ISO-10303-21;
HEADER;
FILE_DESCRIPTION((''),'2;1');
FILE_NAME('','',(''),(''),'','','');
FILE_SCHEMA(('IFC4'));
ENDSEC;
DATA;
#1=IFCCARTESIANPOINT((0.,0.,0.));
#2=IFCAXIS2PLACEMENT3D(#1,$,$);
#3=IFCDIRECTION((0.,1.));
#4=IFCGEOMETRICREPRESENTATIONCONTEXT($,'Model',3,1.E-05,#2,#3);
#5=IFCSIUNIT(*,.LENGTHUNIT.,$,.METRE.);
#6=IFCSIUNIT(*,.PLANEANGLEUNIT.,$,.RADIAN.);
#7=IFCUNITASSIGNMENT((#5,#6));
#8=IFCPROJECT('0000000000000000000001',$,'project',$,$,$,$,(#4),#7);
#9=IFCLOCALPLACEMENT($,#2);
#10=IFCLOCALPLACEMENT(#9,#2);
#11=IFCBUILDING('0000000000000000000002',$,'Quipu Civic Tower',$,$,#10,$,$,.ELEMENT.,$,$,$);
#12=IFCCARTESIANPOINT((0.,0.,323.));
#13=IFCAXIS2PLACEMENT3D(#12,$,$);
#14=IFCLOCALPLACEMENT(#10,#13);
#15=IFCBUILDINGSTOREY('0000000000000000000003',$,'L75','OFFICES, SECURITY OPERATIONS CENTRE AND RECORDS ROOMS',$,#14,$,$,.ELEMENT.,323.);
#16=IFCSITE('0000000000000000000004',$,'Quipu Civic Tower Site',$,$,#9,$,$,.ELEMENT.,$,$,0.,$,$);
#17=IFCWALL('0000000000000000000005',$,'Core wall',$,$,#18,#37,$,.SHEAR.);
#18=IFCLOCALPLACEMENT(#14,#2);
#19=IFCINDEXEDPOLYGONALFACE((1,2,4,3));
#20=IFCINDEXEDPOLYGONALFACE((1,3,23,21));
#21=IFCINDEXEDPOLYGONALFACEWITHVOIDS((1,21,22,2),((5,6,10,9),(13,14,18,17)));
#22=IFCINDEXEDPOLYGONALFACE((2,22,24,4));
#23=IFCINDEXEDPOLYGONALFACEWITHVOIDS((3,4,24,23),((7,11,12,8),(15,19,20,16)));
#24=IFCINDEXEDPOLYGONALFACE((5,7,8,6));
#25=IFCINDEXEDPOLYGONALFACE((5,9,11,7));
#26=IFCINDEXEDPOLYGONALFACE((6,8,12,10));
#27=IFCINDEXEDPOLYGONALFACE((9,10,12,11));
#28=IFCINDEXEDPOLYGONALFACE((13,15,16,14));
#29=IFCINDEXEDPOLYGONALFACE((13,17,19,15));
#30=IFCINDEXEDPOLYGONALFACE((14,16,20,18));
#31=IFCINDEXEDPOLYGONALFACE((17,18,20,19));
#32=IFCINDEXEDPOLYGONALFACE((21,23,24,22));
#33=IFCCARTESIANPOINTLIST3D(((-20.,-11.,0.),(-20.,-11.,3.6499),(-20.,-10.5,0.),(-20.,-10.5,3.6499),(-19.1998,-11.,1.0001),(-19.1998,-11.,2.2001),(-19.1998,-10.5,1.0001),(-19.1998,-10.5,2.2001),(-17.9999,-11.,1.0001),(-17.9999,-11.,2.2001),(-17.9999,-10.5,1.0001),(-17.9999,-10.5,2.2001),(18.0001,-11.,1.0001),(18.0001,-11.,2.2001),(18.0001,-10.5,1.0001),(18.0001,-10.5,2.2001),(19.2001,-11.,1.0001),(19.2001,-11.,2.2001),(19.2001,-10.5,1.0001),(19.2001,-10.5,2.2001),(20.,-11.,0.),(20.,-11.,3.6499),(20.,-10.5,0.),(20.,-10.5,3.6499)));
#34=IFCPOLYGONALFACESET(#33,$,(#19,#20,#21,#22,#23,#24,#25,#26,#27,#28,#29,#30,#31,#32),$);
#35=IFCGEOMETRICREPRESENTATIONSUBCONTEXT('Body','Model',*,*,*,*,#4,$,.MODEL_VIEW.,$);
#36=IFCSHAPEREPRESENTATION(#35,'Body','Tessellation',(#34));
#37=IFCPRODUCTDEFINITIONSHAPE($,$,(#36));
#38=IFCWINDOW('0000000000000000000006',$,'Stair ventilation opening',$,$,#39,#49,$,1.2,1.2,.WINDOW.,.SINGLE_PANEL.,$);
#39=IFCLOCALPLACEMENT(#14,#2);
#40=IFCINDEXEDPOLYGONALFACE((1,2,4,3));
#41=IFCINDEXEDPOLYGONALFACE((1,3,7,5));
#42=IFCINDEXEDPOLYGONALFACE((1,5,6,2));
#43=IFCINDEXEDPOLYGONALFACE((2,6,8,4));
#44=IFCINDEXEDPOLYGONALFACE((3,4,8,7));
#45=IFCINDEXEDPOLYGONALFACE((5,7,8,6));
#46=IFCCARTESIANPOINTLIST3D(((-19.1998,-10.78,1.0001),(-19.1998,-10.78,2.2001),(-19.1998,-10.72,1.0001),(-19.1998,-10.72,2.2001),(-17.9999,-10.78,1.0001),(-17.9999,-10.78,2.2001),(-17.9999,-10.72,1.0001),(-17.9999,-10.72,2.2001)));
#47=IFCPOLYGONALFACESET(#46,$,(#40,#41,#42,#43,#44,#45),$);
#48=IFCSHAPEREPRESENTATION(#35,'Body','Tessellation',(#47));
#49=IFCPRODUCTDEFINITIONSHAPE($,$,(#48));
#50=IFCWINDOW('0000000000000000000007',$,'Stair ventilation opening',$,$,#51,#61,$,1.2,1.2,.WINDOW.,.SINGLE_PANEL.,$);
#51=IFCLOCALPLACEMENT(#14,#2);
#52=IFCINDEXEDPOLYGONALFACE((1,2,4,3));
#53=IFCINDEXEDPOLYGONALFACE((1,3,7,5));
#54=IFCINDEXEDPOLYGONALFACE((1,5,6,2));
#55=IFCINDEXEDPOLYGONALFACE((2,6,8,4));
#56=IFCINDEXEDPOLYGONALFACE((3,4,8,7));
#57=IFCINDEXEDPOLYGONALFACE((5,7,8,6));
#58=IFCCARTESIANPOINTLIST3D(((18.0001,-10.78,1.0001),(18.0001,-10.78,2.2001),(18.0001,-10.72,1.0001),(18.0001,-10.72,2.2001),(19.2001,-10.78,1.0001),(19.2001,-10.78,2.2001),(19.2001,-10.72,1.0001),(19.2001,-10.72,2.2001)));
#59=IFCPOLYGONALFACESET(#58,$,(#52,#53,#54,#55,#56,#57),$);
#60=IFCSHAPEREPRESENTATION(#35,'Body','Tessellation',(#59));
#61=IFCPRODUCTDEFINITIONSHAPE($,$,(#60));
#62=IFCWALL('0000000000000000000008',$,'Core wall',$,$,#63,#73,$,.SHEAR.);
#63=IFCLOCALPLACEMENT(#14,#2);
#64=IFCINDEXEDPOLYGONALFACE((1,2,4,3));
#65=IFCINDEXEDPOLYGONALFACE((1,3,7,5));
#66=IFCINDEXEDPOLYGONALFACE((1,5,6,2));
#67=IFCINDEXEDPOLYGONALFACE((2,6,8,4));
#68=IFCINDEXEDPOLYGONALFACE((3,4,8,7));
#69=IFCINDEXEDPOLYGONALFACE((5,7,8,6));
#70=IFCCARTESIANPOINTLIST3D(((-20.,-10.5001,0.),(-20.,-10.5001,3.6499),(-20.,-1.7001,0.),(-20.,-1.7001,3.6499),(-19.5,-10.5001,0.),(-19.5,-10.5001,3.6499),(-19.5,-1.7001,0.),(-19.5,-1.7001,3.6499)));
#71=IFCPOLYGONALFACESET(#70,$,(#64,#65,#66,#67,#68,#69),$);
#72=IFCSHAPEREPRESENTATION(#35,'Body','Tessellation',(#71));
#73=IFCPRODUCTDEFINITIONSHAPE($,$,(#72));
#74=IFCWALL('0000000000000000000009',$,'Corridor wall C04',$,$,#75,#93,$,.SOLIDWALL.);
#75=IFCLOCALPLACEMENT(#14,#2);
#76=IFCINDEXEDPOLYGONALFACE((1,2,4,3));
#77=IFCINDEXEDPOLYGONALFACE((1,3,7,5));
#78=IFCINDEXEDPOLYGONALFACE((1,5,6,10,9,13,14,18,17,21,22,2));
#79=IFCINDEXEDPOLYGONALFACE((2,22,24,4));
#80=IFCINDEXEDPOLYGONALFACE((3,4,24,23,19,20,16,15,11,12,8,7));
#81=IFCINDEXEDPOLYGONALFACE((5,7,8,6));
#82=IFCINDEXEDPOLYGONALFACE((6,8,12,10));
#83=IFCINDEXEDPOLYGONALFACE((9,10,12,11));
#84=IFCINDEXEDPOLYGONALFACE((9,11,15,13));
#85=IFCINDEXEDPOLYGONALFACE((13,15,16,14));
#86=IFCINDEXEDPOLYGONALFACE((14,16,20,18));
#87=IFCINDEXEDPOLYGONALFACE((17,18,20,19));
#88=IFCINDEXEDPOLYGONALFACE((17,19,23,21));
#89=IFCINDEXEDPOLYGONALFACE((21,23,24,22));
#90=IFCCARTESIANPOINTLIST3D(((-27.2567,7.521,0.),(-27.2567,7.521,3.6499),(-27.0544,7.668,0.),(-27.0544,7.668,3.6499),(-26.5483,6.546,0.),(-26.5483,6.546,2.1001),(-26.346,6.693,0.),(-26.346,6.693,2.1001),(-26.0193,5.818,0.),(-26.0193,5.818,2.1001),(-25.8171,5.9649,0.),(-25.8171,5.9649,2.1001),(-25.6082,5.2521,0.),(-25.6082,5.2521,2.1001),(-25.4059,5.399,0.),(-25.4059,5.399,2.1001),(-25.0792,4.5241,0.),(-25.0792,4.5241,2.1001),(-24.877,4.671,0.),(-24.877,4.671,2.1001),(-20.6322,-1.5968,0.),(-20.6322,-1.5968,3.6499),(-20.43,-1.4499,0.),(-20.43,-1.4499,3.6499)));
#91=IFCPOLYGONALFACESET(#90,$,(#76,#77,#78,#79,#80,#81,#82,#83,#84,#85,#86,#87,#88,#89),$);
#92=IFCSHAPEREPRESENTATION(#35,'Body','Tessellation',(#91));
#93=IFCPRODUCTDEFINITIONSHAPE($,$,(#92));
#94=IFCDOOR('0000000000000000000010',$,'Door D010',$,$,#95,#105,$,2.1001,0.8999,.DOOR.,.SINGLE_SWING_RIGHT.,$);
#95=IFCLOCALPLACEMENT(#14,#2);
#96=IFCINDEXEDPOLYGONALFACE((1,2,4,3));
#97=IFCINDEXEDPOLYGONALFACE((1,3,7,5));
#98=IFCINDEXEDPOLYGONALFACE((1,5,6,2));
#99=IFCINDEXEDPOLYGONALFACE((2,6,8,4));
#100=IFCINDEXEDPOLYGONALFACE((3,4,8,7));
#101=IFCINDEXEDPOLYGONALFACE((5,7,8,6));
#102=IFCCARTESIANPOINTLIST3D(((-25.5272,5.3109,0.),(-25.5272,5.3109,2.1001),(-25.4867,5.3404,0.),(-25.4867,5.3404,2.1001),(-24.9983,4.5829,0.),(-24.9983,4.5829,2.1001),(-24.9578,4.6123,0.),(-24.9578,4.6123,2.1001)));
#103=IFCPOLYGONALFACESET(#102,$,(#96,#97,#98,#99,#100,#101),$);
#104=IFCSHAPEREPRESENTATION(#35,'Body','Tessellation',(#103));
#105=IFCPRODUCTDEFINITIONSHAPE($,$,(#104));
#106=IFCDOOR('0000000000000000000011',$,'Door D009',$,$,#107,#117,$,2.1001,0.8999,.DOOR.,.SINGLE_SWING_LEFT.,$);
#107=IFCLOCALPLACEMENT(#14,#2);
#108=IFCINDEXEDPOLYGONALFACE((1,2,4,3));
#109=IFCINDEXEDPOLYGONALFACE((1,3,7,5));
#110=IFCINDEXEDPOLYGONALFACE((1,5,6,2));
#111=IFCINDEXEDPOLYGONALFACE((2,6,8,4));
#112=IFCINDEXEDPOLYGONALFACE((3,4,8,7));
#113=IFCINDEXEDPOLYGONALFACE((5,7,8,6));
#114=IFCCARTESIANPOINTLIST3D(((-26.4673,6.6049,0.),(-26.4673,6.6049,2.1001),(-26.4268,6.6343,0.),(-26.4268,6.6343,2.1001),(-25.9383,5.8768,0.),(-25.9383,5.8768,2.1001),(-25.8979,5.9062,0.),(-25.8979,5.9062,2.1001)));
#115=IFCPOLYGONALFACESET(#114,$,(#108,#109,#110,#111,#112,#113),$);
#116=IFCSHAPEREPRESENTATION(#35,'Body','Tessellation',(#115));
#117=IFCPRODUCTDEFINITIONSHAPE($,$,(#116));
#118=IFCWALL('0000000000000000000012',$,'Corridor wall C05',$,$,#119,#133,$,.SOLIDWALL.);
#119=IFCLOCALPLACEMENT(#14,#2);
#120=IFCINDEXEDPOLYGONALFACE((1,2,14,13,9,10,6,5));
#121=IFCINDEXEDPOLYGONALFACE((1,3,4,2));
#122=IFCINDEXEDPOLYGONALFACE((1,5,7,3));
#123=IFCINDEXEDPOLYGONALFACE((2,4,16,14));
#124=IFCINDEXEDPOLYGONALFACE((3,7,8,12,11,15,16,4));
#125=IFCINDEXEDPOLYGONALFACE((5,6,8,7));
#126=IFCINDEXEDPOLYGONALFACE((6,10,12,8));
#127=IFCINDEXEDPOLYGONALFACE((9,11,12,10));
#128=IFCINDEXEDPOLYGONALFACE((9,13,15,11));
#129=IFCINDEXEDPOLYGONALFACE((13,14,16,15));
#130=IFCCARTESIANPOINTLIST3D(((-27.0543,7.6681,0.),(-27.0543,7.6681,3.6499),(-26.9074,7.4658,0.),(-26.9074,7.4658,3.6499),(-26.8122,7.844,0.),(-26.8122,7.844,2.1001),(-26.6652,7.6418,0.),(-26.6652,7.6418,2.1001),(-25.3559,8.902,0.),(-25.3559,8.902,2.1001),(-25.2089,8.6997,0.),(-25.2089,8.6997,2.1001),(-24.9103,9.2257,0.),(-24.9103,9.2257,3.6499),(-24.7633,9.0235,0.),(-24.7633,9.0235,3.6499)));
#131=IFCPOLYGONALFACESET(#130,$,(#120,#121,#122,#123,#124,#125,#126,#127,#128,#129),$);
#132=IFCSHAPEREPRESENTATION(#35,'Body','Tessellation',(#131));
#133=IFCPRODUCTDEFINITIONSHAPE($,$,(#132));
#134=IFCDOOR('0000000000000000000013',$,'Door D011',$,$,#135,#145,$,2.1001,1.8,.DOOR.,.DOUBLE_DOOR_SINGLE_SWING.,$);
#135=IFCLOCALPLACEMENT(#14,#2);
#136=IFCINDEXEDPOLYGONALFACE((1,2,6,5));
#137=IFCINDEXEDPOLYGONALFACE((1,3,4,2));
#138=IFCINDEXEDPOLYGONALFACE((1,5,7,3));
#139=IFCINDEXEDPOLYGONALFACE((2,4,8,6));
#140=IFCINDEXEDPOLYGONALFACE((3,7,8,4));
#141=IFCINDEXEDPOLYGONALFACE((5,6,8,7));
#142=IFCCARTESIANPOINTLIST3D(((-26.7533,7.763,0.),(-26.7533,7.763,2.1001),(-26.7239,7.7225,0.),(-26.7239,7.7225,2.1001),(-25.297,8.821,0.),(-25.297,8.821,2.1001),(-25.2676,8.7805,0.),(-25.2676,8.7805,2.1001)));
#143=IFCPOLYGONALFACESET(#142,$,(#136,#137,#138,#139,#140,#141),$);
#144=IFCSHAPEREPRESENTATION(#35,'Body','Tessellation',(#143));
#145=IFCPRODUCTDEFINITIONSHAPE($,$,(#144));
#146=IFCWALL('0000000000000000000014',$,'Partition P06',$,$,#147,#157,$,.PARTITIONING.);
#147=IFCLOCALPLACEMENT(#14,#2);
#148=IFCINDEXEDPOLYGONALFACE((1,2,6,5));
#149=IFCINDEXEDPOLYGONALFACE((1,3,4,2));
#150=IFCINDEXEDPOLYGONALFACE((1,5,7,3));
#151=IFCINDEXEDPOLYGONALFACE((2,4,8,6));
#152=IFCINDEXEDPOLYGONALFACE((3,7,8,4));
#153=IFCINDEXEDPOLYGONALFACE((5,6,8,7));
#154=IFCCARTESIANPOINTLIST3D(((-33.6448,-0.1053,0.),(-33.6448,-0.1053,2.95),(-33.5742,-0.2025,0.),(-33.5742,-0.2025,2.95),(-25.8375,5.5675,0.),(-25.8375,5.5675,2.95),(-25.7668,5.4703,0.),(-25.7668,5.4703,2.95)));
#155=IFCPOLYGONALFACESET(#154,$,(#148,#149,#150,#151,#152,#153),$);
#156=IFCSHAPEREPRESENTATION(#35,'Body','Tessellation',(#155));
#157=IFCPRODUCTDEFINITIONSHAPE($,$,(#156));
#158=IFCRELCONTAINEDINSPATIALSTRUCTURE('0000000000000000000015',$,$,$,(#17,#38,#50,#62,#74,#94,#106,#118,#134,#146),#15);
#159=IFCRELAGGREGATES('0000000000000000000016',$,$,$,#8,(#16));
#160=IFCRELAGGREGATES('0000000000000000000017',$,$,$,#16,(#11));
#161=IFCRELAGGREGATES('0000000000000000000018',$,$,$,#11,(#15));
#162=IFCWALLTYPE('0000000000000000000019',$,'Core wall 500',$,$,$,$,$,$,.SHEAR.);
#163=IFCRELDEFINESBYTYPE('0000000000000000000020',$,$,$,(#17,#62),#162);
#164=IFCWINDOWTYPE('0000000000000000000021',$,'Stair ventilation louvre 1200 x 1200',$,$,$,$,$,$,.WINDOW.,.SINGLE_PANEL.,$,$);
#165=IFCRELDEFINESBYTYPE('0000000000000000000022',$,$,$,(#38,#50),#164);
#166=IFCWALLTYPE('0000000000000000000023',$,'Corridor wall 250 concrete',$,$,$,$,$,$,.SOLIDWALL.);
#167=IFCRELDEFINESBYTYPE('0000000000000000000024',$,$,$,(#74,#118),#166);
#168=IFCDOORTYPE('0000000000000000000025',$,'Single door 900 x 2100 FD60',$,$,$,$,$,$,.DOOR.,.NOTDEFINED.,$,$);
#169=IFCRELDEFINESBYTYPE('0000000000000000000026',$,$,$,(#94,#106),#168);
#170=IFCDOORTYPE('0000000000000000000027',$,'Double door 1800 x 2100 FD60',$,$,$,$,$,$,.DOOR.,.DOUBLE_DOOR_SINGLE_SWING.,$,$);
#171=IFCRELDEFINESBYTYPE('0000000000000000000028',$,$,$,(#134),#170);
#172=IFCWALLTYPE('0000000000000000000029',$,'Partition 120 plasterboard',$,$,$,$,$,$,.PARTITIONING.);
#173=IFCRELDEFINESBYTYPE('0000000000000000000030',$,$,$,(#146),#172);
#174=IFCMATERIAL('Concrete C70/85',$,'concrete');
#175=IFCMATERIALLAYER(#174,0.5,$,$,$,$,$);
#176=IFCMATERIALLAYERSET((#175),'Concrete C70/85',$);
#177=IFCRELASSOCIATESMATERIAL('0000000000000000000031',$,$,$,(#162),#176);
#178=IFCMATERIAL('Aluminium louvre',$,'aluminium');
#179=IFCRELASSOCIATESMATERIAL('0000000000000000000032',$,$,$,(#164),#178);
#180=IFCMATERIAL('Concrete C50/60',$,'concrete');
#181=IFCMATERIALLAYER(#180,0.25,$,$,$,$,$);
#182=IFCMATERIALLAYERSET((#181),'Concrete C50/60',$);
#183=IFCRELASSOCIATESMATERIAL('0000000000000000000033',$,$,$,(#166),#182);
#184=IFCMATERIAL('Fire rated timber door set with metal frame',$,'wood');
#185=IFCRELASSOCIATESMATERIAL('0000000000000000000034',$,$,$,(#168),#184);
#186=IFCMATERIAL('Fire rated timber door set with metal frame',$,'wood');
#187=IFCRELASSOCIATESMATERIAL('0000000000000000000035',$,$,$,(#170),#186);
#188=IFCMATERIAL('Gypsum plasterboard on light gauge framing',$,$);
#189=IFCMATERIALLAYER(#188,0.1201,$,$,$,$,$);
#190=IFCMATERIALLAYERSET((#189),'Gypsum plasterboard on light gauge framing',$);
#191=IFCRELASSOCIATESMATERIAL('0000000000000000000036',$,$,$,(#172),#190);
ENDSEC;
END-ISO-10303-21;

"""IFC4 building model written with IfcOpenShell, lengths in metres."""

from ifc_helpers import new_model, si_unit, direction, frame, frame_2d, origin, place, context, subcontext, project, spatial, rectangle, extrude, material, layer, layer_set, type_object, element, fill, save


model = new_model("IFC4")

# Units and contexts
model_context = context("Model", 3, precision=1e-05, world=origin(), true_north=direction((0.0, 1.0)))
body_context = subcontext(model_context, "Body", "Model", "MODEL_VIEW")
ifc_project = project(units=[si_unit("LENGTHUNIT", "METRE"), si_unit("PLANEANGLEUNIT", "RADIAN")], contexts=[model_context])

# Site, building, storey
site_placement = place(None, origin())
site = spatial("IfcSite", under=ifc_project, at=site_placement, Name="Quipu Civic Tower Site", CompositionType="ELEMENT", RefElevation=0.0)
building_placement = place(site_placement, origin())
building = spatial("IfcBuilding", under=site, at=building_placement, Name="Quipu Civic Tower", CompositionType="ELEMENT")
storey_placement = place(building_placement, frame((0.0, 0.0, 323.0)))
storey = spatial("IfcBuildingStorey", under=building, at=storey_placement, Name="L75", Description="OFFICES, SECURITY OPERATIONS CENTRE AND RECORDS ROOMS", CompositionType="ELEMENT", Elevation=323.0)

# Wall, openings, windows
ifc_material_1 = material(Name="Concrete C70/85", Category="concrete")
ifc_layer_1 = layer(ifc_material_1, 0.5)
ifc_layer_set_1 = layer_set([ifc_layer_1], Name="Concrete C70/85")
wall_type_1 = type_object("IfcWallType", Name="Core wall 500", PredefinedType="SHEAR", material=ifc_layer_set_1)
wall_1_placement = place(storey_placement, frame((-20.0, -10.75, 0.0), z_axis=(0.0, 0.0, 1.0), x_axis=(1.0, 0.0, 0.0)))
wall_1 = element("IfcWall", 1, at=wall_1_placement, inside=storey, type_object=wall_type_1, Name="Core wall", PredefinedType="SHEAR", context=body_context, shape_type="SweptSolid", body=[
    extrude(rectangle(XDim=40.0, YDim=0.5, at=frame_2d((20.0, 0.0))), origin(), (0.0, 0.0, 1.0), 3.6499),
])
opening_1_placement = place(wall_1_placement, frame((0.8, 0.0, 1.0)))
opening_1 = element("IfcOpeningElement", 2, at=opening_1_placement, cuts=wall_1, PredefinedType="OPENING", context=body_context, shape_type="SweptSolid", body=[
    extrude(rectangle(XDim=1.2, YDim=1.2, at=frame_2d((0.6001, 0.6001))), frame((0.0, 0.26, 0.0), z_axis=(0.0, -1.0, 0.0), x_axis=(1.0, 0.0, 0.0)), (0.0, 0.0, 1.0), 0.52),
])
opening_2_placement = place(wall_1_placement, frame((38.0, 0.0, 1.0)))
opening_2 = element("IfcOpeningElement", 3, at=opening_2_placement, cuts=wall_1, PredefinedType="OPENING", context=body_context, shape_type="SweptSolid", body=[
    extrude(rectangle(XDim=1.2, YDim=1.2, at=frame_2d((0.6001, 0.6001))), frame((0.0, 0.26, 0.0), z_axis=(0.0, -1.0, 0.0), x_axis=(1.0, 0.0, 0.0)), (0.0, 0.0, 1.0), 0.52),
])
ifc_material_2 = material(Name="Aluminium louvre", Category="aluminium")
window_type = type_object("IfcWindowType", Name="Stair ventilation louvre 1200 x 1200", PartitioningType="SINGLE_PANEL", PredefinedType="WINDOW", material=ifc_material_2)
window_1_placement = place(opening_1_placement, origin())
window_1 = element("IfcWindow", 4, at=window_1_placement, inside=storey, type_object=window_type, Name="Stair ventilation opening", OverallHeight=1.2, OverallWidth=1.2, PartitioningType="SINGLE_PANEL", PredefinedType="WINDOW", context=body_context, shape_type="SweptSolid", body=[
    extrude(rectangle(XDim=1.2, YDim=1.2, at=frame_2d((0.6001, 0.6001))), frame((0.0, 0.03, 0.0), z_axis=(0.0, -1.0, 0.0), x_axis=(1.0, 0.0, 0.0)), (0.0, 0.0, 1.0), 0.0601),
])
fill(opening_1, window_1)
window_2_placement = place(opening_2_placement, origin())
window_2 = element("IfcWindow", 5, at=window_2_placement, inside=storey, type_object=window_type, Name="Stair ventilation opening", OverallHeight=1.2, OverallWidth=1.2, PartitioningType="SINGLE_PANEL", PredefinedType="WINDOW", context=body_context, shape_type="SweptSolid", body=[
    extrude(rectangle(XDim=1.2, YDim=1.2, at=frame_2d((0.6001, 0.6001))), frame((0.0, 0.03, 0.0), z_axis=(0.0, -1.0, 0.0), x_axis=(1.0, 0.0, 0.0)), (0.0, 0.0, 1.0), 0.0601),
])
fill(opening_2, window_2)

# Wall
wall_2_placement = place(storey_placement, frame((-19.75, -10.5, 0.0), z_axis=(0.0, 0.0, 1.0), x_axis=(0.0, 1.0, 0.0)))
element("IfcWall", 6, at=wall_2_placement, inside=storey, type_object=wall_type_1, Name="Core wall", PredefinedType="SHEAR", context=body_context, shape_type="SweptSolid", body=[
    extrude(rectangle(XDim=8.8, YDim=0.5, at=frame_2d((4.3999, 0.0))), origin(), (0.0, 0.0, 1.0), 3.6499),
])

# Wall, openings, doors
ifc_material_3 = material(Name="Concrete C50/60", Category="concrete")
ifc_layer_2 = layer(ifc_material_3, 0.25)
ifc_layer_set_2 = layer_set([ifc_layer_2], Name="Concrete C50/60")
wall_type_2 = type_object("IfcWallType", Name="Corridor wall 250 concrete", PredefinedType="SOLIDWALL", material=ifc_layer_set_2)
wall_3_placement = place(storey_placement, frame((-20.531, -1.5234, 0.0), z_axis=(0.0, 0.0, 1.0), x_axis=(-0.587783, 0.809019, 0.0)))
wall_3 = element("IfcWall", 7, at=wall_3_placement, inside=storey, type_object=wall_type_2, Name="Corridor wall C04", PredefinedType="SOLIDWALL", context=body_context, shape_type="SweptSolid", body=[
    extrude(rectangle(XDim=11.2703, YDim=0.25, at=frame_2d((5.6353, 0.0))), origin(), (0.0, 0.0, 1.0), 3.6499),
])
opening_3_placement = place(wall_3_placement, frame((7.5659, 0.0, 0.0)))
opening_3 = element("IfcOpeningElement", 8, at=opening_3_placement, cuts=wall_3, PredefinedType="OPENING", context=body_context, shape_type="SweptSolid", body=[
    extrude(rectangle(XDim=0.8999, YDim=2.1001, at=frame_2d((0.45, 1.05))), frame((0.0, 0.135, 0.0), z_axis=(0.0, -1.0, 0.0), x_axis=(1.0, 0.0, 0.0)), (0.0, 0.0, 1.0), 0.27),
])
opening_4_placement = place(wall_3_placement, frame((9.1653, 0.0, 0.0)))
opening_4 = element("IfcOpeningElement", 9, at=opening_4_placement, cuts=wall_3, PredefinedType="OPENING", context=body_context, shape_type="SweptSolid", body=[
    extrude(rectangle(XDim=0.8999, YDim=2.1001, at=frame_2d((0.45, 1.05))), frame((0.0, 0.135, 0.0), z_axis=(0.0, -1.0, 0.0), x_axis=(1.0, 0.0, 0.0)), (0.0, 0.0, 1.0), 0.27),
])
ifc_material_4 = material(Name="Fire rated timber door set with metal frame", Category="wood")
door_type_1 = type_object("IfcDoorType", Name="Single door 900 x 2100 FD60", OperationType="NOTDEFINED", PredefinedType="DOOR", material=ifc_material_4)
door_1_placement = place(opening_3_placement, origin())
door_1 = element("IfcDoor", 10, at=door_1_placement, inside=storey, type_object=door_type_1, Name="Door D010", OperationType="SINGLE_SWING_RIGHT", OverallHeight=2.1001, OverallWidth=0.8999, PredefinedType="DOOR", context=body_context, shape_type="SweptSolid", body=[
    extrude(rectangle(XDim=0.8999, YDim=2.1001, at=frame_2d((0.45, 1.05))), frame((0.0, 0.0249, 0.0), z_axis=(0.0, -1.0, 0.0), x_axis=(1.0, 0.0, 0.0)), (0.0, 0.0, 1.0), 0.05),
])
fill(opening_3, door_1)
door_2_placement = place(opening_4_placement, origin())
door_2 = element("IfcDoor", 11, at=door_2_placement, inside=storey, type_object=door_type_1, Name="Door D009", OperationType="SINGLE_SWING_LEFT", OverallHeight=2.1001, OverallWidth=0.8999, PredefinedType="DOOR", context=body_context, shape_type="SweptSolid", body=[
    extrude(rectangle(XDim=0.8999, YDim=2.1001, at=frame_2d((0.45, 1.05))), frame((0.0, 0.0249, 0.0), z_axis=(0.0, -1.0, 0.0), x_axis=(1.0, 0.0, 0.0)), (0.0, 0.0, 1.0), 0.05),
])
fill(opening_4, door_2)

# Wall, opening, door
wall_4_placement = place(storey_placement, frame((-26.981, 7.5669, 0.0), z_axis=(0.0, 0.0, 1.0), x_axis=(0.809039, 0.587755, 0.0)))
wall_4 = element("IfcWall", 12, at=wall_4_placement, inside=storey, type_object=wall_type_2, Name="Corridor wall C05", PredefinedType="SOLIDWALL", context=body_context, shape_type="SweptSolid", body=[
    extrude(rectangle(XDim=2.6501, YDim=0.25, at=frame_2d((1.3252, 0.0))), origin(), (0.0, 0.0, 1.0), 3.6499),
])
opening_5_placement = place(wall_4_placement, frame((0.2996, 0.0, 0.0)))
opening_5 = element("IfcOpeningElement", 13, at=opening_5_placement, cuts=wall_4, PredefinedType="OPENING", context=body_context, shape_type="SweptSolid", body=[
    extrude(rectangle(XDim=1.8, YDim=2.1001, at=frame_2d((0.8999, 1.05))), frame((0.0, 0.135, 0.0), z_axis=(0.0, -1.0, 0.0), x_axis=(1.0, 0.0, 0.0)), (0.0, 0.0, 1.0), 0.27),
])
ifc_material_5 = material(Name="Fire rated timber door set with metal frame", Category="wood")
door_type_2 = type_object("IfcDoorType", Name="Double door 1800 x 2100 FD60", OperationType="DOUBLE_DOOR_SINGLE_SWING", PredefinedType="DOOR", material=ifc_material_5)
door_3_placement = place(opening_5_placement, origin())
door_3 = element("IfcDoor", 14, at=door_3_placement, inside=storey, type_object=door_type_2, Name="Door D011", OperationType="DOUBLE_DOOR_SINGLE_SWING", OverallHeight=2.1001, OverallWidth=1.8, PredefinedType="DOOR", context=body_context, shape_type="SweptSolid", body=[
    extrude(rectangle(XDim=1.8, YDim=2.1001, at=frame_2d((0.8999, 1.05))), frame((0.0, 0.0249, 0.0), z_axis=(0.0, -1.0, 0.0), x_axis=(1.0, 0.0, 0.0)), (0.0, 0.0, 1.0), 0.05),
])
fill(opening_5, door_3)

# Wall
ifc_material_6 = material(Name="Gypsum plasterboard on light gauge framing")
ifc_layer_3 = layer(ifc_material_6, 0.1201)
ifc_layer_set_3 = layer_set([ifc_layer_3], Name="Gypsum plasterboard on light gauge framing")
wall_type_3 = type_object("IfcWallType", Name="Partition 120 plasterboard", PredefinedType="PARTITIONING", material=ifc_layer_set_3)
wall_5_placement = place(storey_placement, frame((-25.8022, 5.5188, 0.0), z_axis=(0.0, 0.0, 1.0), x_axis=(-0.808994, -0.587817, 0.0)))
element("IfcWall", 15, at=wall_5_placement, inside=storey, type_object=wall_type_3, Name="Partition P06", PredefinedType="PARTITIONING", context=body_context, shape_type="SweptSolid", body=[
    extrude(rectangle(XDim=9.6506, YDim=0.1201, at=frame_2d((4.8252, 0.0))), origin(), (0.0, 0.0, 1.0), 2.95),
])

save(model, "model.ifc")
